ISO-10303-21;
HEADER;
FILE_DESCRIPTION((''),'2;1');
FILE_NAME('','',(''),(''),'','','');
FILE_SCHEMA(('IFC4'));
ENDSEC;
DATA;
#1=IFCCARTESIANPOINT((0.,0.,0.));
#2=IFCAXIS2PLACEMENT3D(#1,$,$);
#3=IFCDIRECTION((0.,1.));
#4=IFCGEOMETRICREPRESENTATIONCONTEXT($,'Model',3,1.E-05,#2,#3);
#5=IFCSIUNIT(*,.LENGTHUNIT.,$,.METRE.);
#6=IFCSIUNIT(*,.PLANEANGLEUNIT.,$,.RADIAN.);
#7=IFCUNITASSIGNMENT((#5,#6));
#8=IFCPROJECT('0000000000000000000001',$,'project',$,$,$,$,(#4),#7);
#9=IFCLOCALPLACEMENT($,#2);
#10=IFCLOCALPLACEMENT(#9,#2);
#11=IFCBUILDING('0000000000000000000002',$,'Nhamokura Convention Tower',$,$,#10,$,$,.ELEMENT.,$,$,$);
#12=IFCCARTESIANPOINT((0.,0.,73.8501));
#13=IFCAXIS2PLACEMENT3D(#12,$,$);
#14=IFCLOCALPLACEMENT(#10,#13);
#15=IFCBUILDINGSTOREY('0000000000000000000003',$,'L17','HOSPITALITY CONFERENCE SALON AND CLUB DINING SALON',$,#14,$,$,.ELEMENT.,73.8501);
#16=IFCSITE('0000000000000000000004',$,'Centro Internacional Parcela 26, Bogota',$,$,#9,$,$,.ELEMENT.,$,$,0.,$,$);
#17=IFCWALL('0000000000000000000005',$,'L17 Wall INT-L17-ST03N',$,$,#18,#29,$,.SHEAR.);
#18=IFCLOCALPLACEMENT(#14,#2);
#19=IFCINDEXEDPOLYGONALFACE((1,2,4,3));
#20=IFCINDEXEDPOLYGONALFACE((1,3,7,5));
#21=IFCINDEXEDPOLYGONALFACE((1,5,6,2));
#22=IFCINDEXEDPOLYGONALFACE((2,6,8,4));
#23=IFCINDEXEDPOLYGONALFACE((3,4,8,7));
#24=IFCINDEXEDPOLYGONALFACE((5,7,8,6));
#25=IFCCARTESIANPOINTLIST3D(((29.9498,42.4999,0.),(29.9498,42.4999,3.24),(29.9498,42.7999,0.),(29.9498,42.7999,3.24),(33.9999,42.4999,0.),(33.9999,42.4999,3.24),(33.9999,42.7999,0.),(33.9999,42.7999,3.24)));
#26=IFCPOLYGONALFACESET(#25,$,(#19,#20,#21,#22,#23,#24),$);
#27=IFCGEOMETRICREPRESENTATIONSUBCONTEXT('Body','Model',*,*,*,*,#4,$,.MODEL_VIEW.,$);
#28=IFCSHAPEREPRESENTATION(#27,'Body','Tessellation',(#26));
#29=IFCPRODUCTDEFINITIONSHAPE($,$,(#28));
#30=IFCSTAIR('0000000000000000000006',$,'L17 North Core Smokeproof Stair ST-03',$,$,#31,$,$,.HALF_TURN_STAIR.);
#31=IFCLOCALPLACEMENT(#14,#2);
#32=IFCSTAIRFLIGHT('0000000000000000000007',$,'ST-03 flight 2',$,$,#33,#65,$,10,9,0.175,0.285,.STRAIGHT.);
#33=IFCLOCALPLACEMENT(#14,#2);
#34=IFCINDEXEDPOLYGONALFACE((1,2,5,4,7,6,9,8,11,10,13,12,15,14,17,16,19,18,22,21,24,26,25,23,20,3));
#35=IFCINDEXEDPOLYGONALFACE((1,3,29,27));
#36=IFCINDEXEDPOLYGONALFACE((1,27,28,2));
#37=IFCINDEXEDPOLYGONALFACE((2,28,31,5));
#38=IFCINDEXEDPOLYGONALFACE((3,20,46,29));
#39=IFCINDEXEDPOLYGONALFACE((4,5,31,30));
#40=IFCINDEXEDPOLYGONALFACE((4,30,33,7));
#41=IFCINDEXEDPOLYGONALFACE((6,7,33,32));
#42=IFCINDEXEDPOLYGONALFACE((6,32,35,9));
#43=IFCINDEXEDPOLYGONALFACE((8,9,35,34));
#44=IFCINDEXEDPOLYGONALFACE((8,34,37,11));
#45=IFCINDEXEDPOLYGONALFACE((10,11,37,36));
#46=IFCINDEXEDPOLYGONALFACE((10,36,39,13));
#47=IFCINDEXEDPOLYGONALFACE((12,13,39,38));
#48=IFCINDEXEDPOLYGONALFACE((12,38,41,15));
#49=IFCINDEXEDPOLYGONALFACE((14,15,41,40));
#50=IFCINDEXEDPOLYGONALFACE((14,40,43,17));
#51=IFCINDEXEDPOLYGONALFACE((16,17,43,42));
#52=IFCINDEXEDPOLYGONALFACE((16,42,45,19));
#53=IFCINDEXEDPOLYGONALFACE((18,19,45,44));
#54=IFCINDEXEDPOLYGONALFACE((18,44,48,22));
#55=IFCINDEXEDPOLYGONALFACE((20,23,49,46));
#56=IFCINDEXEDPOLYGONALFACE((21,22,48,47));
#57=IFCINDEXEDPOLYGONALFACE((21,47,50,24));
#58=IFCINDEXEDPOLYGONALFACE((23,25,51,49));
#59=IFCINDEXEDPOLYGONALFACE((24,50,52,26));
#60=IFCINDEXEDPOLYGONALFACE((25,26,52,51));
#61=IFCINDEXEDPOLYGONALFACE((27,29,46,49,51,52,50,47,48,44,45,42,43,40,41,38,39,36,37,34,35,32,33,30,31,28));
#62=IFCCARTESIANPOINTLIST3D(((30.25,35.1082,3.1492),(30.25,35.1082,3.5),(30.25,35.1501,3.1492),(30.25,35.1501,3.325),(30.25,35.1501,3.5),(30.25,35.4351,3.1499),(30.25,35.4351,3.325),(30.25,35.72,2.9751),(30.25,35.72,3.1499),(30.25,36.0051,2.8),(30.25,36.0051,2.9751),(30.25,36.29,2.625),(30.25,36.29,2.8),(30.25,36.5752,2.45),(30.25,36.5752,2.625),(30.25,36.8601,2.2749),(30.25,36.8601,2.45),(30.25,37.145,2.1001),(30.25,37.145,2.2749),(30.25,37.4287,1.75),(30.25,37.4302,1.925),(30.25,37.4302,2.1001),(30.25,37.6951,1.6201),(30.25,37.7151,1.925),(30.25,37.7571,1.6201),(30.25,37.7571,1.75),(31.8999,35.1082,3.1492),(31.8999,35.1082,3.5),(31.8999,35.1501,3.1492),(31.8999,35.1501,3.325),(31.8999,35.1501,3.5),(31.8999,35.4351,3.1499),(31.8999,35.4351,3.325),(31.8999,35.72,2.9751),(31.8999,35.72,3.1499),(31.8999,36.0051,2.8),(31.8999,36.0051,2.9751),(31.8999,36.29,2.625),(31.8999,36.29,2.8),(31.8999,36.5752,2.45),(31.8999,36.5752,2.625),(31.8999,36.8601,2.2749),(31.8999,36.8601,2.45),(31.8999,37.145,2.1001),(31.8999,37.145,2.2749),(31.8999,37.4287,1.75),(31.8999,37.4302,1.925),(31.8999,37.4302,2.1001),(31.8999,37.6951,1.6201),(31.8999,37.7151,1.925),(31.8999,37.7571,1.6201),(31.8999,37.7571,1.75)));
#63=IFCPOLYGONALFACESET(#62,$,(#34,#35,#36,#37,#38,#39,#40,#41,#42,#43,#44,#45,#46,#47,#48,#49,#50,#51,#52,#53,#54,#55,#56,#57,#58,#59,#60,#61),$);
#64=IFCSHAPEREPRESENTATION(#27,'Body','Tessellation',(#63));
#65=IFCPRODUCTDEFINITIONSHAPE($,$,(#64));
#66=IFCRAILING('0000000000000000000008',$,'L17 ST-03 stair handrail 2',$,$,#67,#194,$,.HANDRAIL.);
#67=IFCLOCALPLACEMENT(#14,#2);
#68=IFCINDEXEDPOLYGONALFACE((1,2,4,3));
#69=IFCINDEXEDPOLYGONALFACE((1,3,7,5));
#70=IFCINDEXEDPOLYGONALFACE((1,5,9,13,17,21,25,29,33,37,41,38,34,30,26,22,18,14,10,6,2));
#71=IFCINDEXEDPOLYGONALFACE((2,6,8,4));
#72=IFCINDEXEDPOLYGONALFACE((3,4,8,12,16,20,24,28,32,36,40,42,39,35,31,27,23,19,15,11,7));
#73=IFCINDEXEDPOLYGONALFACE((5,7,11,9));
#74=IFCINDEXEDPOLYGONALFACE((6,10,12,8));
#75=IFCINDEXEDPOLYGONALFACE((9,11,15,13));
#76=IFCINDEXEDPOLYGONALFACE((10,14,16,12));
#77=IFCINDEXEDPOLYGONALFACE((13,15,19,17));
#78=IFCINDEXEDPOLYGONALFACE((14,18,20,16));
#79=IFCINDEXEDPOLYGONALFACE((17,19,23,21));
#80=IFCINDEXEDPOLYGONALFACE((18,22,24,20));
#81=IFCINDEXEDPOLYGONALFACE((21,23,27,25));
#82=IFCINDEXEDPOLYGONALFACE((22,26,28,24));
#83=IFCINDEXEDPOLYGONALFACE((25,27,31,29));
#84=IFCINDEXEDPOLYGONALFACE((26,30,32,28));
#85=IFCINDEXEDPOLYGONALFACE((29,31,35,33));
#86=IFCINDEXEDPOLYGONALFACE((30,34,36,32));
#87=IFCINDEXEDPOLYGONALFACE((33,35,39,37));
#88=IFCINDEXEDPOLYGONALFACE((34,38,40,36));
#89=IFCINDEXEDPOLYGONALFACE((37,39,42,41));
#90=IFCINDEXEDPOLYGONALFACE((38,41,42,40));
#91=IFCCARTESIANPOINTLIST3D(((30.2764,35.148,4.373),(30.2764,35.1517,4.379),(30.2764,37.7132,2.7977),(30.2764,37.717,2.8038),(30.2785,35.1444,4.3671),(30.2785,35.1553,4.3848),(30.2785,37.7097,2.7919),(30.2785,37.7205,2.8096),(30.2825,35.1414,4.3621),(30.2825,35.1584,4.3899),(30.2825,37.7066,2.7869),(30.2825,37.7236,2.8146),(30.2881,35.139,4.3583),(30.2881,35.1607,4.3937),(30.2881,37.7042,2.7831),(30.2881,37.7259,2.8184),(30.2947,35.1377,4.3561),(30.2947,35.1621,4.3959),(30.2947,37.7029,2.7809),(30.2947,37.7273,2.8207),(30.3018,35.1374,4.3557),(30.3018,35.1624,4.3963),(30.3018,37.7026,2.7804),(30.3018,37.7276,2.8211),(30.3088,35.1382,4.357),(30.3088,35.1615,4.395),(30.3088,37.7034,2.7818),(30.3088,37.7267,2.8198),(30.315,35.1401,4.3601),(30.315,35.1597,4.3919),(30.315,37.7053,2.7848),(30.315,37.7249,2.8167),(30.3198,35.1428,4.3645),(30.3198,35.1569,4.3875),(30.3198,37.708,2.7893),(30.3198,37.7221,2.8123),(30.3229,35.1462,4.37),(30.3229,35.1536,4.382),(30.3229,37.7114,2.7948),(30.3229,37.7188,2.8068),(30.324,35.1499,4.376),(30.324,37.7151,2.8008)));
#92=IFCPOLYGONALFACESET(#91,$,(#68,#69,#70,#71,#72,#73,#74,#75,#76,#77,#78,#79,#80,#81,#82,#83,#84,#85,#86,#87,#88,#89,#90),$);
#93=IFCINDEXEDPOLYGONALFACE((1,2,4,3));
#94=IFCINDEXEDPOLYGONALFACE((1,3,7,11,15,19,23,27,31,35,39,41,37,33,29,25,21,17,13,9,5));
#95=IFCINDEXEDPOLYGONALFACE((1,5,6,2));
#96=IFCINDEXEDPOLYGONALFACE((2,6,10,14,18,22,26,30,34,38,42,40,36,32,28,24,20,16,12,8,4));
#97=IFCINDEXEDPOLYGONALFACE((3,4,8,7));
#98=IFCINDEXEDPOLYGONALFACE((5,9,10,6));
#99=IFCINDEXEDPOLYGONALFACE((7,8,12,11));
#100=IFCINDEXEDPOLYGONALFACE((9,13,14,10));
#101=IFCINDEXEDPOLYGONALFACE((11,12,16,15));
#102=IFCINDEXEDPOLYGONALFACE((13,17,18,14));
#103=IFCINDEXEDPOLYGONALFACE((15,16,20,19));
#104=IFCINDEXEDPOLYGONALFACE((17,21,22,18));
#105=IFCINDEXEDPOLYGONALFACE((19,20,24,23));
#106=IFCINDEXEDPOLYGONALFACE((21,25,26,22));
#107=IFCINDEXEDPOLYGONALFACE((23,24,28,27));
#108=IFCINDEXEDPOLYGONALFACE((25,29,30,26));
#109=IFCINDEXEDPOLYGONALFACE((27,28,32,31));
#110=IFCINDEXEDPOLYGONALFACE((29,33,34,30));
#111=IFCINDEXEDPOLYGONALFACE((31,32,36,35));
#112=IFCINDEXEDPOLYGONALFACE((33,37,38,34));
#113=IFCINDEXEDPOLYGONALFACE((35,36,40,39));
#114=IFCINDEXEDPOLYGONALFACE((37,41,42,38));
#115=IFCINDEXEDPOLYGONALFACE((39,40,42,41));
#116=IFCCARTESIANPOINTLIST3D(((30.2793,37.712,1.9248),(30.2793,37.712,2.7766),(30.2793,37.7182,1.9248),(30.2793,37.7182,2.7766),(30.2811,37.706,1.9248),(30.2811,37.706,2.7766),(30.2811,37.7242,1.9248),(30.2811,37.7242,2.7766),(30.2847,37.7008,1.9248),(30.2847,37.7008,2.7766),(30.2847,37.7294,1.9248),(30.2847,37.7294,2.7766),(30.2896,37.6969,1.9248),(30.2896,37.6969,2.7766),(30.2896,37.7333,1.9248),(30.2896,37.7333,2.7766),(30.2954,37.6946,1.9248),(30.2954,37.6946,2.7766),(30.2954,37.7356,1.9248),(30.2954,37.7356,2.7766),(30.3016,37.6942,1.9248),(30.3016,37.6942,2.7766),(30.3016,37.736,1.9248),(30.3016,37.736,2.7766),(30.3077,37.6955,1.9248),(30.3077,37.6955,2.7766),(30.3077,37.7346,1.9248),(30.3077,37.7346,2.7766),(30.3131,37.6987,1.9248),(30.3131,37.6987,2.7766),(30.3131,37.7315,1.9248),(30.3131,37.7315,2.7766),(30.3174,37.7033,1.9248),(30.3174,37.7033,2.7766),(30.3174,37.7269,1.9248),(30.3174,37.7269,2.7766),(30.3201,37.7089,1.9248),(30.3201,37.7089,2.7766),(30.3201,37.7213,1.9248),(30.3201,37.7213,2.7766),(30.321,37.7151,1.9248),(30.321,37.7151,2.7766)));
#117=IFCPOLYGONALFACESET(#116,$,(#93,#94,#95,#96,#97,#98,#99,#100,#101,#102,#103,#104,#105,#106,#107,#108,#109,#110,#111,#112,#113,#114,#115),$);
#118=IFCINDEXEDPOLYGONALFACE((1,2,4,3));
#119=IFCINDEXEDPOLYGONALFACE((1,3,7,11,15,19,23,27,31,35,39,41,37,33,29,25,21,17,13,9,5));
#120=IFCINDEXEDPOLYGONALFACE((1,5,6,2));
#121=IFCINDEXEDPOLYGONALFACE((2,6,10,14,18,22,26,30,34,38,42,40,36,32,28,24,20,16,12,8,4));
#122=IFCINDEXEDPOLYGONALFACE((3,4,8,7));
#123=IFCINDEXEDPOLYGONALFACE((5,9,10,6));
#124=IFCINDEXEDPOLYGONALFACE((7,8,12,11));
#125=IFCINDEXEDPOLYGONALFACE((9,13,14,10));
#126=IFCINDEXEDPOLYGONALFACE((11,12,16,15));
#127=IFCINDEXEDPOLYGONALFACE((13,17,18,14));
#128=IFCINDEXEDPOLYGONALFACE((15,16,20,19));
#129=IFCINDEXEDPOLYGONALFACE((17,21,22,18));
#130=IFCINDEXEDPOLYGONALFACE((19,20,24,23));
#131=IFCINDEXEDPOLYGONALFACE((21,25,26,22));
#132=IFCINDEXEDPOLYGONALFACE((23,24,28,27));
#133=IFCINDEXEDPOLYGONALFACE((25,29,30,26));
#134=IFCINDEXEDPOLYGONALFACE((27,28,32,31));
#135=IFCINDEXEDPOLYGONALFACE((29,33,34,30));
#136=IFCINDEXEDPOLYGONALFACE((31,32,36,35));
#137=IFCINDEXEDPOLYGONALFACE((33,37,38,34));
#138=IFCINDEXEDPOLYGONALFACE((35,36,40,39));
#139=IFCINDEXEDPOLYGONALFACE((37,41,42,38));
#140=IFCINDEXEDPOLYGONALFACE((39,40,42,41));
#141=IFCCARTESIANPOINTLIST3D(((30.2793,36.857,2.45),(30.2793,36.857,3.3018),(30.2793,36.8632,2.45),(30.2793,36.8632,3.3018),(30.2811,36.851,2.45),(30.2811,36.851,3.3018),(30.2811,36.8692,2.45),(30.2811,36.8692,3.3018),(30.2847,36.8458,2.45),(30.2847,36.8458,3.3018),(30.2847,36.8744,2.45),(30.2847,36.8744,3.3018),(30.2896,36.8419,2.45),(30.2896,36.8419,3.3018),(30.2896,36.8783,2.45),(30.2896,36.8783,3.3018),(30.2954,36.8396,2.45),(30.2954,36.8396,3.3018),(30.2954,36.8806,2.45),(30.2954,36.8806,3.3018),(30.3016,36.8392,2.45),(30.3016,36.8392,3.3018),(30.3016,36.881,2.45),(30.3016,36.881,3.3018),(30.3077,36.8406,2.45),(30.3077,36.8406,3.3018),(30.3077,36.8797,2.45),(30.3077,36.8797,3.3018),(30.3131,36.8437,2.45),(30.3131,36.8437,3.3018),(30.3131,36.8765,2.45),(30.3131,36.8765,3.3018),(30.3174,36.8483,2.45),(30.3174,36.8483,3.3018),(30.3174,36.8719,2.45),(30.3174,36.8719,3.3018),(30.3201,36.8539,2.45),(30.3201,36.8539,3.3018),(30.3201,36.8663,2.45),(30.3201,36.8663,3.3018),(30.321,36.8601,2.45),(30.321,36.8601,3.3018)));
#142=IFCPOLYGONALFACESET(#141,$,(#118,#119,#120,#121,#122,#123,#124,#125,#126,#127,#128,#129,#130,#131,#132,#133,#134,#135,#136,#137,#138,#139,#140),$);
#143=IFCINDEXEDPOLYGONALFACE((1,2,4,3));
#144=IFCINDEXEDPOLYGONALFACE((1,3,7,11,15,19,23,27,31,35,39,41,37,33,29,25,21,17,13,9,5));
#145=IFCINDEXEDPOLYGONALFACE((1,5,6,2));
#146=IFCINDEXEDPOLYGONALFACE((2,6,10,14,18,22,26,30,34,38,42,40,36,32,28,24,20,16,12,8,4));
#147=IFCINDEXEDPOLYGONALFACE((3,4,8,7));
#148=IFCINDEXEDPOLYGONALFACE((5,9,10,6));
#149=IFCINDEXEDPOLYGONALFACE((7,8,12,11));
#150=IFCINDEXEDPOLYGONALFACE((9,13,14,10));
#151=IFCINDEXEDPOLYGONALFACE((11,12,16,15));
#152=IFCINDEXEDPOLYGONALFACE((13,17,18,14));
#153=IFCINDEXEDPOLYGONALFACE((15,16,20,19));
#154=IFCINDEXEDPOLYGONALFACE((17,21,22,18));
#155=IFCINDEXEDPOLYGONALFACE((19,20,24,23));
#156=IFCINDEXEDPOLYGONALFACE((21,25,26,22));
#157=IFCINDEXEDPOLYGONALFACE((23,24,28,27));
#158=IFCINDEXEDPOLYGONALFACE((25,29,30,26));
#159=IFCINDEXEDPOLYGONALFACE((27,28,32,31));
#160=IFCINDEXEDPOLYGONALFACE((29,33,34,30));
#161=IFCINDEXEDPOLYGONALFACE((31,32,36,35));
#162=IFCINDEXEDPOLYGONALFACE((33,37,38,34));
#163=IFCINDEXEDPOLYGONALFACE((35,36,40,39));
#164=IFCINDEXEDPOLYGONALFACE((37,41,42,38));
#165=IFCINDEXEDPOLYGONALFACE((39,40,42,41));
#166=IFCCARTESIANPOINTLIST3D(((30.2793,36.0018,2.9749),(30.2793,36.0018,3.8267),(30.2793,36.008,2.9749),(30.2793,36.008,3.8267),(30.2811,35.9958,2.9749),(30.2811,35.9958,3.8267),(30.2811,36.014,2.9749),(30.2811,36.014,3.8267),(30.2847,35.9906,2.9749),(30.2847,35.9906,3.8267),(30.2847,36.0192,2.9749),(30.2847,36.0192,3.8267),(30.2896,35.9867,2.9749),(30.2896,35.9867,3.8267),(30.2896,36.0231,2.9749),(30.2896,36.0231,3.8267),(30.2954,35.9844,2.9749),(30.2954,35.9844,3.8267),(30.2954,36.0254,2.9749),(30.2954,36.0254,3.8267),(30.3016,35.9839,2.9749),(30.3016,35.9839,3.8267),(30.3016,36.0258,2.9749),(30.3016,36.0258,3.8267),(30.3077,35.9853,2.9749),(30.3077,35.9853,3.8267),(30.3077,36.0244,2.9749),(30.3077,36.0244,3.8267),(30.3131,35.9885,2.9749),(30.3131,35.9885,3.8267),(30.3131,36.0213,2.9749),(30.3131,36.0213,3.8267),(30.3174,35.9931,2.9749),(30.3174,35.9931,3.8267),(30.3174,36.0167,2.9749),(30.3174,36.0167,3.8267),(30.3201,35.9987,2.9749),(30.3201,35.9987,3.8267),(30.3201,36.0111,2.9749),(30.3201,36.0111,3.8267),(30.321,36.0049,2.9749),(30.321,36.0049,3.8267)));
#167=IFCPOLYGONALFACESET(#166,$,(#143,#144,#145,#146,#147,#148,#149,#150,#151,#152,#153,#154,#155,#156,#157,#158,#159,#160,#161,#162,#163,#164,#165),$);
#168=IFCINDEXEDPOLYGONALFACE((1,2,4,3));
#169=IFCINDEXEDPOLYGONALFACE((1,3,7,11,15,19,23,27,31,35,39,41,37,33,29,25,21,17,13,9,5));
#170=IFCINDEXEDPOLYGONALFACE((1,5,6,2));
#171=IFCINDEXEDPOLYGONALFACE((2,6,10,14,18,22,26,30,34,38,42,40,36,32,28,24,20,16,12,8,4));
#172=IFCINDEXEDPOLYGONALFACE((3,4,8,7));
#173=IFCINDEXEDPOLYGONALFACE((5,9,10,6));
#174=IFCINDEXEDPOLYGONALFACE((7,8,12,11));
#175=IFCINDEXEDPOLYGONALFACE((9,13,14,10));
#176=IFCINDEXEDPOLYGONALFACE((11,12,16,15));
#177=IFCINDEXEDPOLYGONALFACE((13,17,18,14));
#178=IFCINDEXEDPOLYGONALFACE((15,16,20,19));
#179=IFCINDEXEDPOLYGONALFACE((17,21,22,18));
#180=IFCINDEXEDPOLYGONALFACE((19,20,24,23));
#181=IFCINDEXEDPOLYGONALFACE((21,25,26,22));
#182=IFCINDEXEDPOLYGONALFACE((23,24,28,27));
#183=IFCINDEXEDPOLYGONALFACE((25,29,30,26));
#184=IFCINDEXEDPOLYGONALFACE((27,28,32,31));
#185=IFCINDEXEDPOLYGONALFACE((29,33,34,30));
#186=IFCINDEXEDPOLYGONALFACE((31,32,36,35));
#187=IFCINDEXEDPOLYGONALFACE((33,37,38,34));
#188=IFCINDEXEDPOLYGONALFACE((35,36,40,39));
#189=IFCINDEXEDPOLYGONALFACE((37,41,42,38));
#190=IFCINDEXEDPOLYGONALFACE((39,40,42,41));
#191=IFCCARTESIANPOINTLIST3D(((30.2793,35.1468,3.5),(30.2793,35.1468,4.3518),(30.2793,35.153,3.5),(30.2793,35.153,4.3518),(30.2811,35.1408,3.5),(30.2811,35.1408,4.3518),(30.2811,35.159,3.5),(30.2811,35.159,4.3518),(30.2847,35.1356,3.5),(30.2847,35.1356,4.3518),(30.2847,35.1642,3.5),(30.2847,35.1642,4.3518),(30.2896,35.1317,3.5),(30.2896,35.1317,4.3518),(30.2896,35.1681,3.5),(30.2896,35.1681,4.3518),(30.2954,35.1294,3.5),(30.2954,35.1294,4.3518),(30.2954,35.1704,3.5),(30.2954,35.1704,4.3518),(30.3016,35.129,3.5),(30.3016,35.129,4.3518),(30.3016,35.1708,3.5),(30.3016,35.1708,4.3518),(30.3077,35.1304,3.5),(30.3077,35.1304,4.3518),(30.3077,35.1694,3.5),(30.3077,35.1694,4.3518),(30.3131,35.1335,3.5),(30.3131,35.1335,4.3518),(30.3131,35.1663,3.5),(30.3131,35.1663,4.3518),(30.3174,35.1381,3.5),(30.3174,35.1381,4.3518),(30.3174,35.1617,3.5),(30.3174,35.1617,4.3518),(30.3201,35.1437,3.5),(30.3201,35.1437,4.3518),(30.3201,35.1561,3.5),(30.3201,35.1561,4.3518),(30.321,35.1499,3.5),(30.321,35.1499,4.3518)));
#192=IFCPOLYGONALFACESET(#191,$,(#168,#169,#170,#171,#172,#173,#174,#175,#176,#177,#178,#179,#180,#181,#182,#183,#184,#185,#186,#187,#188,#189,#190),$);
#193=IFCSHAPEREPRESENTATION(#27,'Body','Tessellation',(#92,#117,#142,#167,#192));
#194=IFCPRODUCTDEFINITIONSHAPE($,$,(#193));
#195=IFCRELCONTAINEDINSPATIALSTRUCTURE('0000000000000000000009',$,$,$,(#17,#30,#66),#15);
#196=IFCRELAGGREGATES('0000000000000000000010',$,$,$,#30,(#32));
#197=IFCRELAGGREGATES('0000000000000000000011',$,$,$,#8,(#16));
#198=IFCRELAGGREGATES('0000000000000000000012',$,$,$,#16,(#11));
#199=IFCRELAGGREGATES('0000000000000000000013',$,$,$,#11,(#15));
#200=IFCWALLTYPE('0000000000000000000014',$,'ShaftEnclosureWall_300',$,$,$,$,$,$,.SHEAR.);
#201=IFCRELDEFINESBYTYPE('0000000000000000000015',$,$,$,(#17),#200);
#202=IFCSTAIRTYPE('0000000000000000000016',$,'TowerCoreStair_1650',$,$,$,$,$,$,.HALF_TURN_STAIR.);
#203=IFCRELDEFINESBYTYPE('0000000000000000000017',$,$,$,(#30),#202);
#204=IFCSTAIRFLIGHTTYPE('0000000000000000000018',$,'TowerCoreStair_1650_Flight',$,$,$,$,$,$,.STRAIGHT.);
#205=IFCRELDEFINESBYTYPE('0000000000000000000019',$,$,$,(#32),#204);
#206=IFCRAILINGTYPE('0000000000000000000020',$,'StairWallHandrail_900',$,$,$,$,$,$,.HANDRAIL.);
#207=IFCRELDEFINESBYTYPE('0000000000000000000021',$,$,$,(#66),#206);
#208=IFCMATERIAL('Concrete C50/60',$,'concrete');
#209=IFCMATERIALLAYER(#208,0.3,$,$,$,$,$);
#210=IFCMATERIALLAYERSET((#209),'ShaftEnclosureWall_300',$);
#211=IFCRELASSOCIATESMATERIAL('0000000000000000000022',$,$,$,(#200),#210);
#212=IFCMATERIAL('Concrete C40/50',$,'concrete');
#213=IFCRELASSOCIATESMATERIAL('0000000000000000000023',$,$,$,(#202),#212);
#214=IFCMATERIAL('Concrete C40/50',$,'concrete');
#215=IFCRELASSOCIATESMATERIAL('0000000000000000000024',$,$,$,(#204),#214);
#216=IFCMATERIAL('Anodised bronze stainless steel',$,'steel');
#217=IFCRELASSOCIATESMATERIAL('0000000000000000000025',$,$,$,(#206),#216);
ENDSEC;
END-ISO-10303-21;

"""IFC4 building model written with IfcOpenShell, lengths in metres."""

from ifc_helpers import new_model, si_unit, direction, frame, frame_2d, origin, origin_2d, place, context, subcontext, project, spatial, polyline, rectangle, circle, outline, extrude, material, layer, layer_set, type_object, element, aggregate, save


model = new_model("IFC4")

# Units and contexts
model_context = context("Model", 3, precision=1e-05, world=origin(), true_north=direction((0.0, 1.0)))
body_context = subcontext(model_context, "Body", "Model", "MODEL_VIEW")
ifc_project = project(units=[si_unit("LENGTHUNIT", "METRE"), si_unit("PLANEANGLEUNIT", "RADIAN")], contexts=[model_context])

# Site, building, storey
site_placement = place(None, origin())
site = spatial("IfcSite", under=ifc_project, at=site_placement, Name="Centro Internacional Parcela 26, Bogota", CompositionType="ELEMENT", RefElevation=0.0)
building_placement = place(site_placement, origin())
building = spatial("IfcBuilding", under=site, at=building_placement, Name="Nhamokura Convention Tower", CompositionType="ELEMENT")
storey_placement = place(building_placement, frame((0.0, 0.0, 73.8501)))
storey = spatial("IfcBuildingStorey", under=building, at=storey_placement, Name="L17", Description="HOSPITALITY CONFERENCE SALON AND CLUB DINING SALON", CompositionType="ELEMENT", Elevation=73.8501)

# Shared definitions
ifc_material_1 = material(Name="Concrete C50/60", Category="concrete")
ifc_layer_1 = layer(ifc_material_1, 0.3)
ifc_layer_set_1 = layer_set([ifc_layer_1], Name="ShaftEnclosureWall_300")
wall_type_1 = type_object("IfcWallType", Name="ShaftEnclosureWall_300", PredefinedType="SHEAR", material=ifc_layer_set_1)

# Wall
wall_1_placement = place(storey_placement, frame((29.95, 42.6499, 0.0), z_axis=(0.0, 0.0, 1.0), x_axis=(1.0, 0.0, 0.0)))
element("IfcWall", 1, at=wall_1_placement, inside=storey, type_object=wall_type_1, Name="L17 Wall INT-L17-ST03N", PredefinedType="SHEAR", context=body_context, shape_type="SweptSolid", body=[
    extrude(rectangle(XDim=4.05, YDim=0.3, at=frame_2d((2.0249, 0.0))), origin(), (0.0, 0.0, 1.0), 3.24),
])

# Stair, stair flight
ifc_material_2 = material(Name="Concrete C40/50", Category="concrete")
stair_type = type_object("IfcStairType", Name="TowerCoreStair_1650", PredefinedType="HALF_TURN_STAIR", material=ifc_material_2)
stair_placement = place(storey_placement, origin())
stair = element("IfcStair", 2, at=stair_placement, inside=storey, type_object=stair_type, Name="L17 North Core Smokeproof Stair ST-03", PredefinedType="HALF_TURN_STAIR")
ifc_material_3 = material(Name="Concrete C40/50", Category="concrete")
stair_flight_type = type_object("IfcStairFlightType", Name="TowerCoreStair_1650_Flight", PredefinedType="STRAIGHT", material=ifc_material_3)
stair_flight_placement = place(storey_placement, frame((31.075, 37.7151, 1.75), z_axis=(0.0, 0.0, 1.0), x_axis=(0.0, -1.0, 0.0)))
stair_flight = element("IfcStairFlight", 3, at=stair_flight_placement, type_object=stair_flight_type, Name="ST-03 flight 2", NumberOfRisers=10, NumberOfTreads=9, PredefinedType="STRAIGHT", RiserHeight=0.175, TreadLength=0.285, context=body_context, shape_type="SweptSolid", body=[
    extrude(outline(polyline([(-0.042, 0.0), (0.0, 0.175), (0.2849, 0.175), (0.2849, 0.3501), (0.5701, 0.3501), (0.5701, 0.5249), (0.855, 0.5249), (0.855, 0.7), (1.1399, 0.7), (1.1399, 0.875), (1.425, 0.875), (1.425, 1.05), (1.71, 1.05), (1.71, 1.2251), (1.9951, 1.2251), (1.9951, 1.3999), (2.28, 1.3999), (2.28, 1.575), (2.5649, 1.575), (2.5649, 1.75), (2.6069, 1.75), (2.6069, 1.3992), (2.5649, 1.3992), (0.2864, 0.0), (0.02, -0.1299), (-0.042, -0.1299), (-0.042, 0.0)])), frame((0.0, 0.825, 0.0), z_axis=(0.0, -1.0, 0.0), x_axis=(1.0, 0.0, 0.0)), (0.0, 0.0, 1.0), 1.6499),
])
aggregate(stair, [stair_flight])

# Railing
ifc_material_4 = material(Name="Anodised bronze stainless steel", Category="steel")
railing_type_1 = type_object("IfcRailingType", Name="StairWallHandrail_900", PredefinedType="HANDRAIL", material=ifc_material_4)
railing_1_placement = place(storey_placement, frame((30.3, 37.7151, 1.9248)))
element("IfcRailing", 4, at=railing_1_placement, inside=storey, type_object=railing_type_1, Name="L17 ST-03 stair handrail 2", PredefinedType="HANDRAIL", context=body_context, shape_type="SweptSolid", body=[
    extrude(circle(Radius=0.0239, at=origin_2d()), frame((0.0, 0.0, 0.876), z_axis=(0.0, -0.852159, 0.523283), x_axis=(1.0, 0.0, 0.0)), (0.0, 0.0, 1.0), 3.0103),
    extrude(circle(Radius=0.021, at=origin_2d()), origin(), (0.0, 0.0, 1.0), 0.8518),
    extrude(circle(Radius=0.021, at=origin_2d()), frame((0.0, -0.855, 0.5251)), (0.0, 0.0, 1.0), 0.8518),
    extrude(circle(Radius=0.021, at=origin_2d()), frame((0.0, -1.7102, 1.05)), (0.0, 0.0, 1.0), 0.8518),
    extrude(circle(Radius=0.021, at=origin_2d()), frame((0.0, -2.5652, 1.5752)), (0.0, 0.0, 1.0), 0.8518),
])

save(model, "model.ifc")
